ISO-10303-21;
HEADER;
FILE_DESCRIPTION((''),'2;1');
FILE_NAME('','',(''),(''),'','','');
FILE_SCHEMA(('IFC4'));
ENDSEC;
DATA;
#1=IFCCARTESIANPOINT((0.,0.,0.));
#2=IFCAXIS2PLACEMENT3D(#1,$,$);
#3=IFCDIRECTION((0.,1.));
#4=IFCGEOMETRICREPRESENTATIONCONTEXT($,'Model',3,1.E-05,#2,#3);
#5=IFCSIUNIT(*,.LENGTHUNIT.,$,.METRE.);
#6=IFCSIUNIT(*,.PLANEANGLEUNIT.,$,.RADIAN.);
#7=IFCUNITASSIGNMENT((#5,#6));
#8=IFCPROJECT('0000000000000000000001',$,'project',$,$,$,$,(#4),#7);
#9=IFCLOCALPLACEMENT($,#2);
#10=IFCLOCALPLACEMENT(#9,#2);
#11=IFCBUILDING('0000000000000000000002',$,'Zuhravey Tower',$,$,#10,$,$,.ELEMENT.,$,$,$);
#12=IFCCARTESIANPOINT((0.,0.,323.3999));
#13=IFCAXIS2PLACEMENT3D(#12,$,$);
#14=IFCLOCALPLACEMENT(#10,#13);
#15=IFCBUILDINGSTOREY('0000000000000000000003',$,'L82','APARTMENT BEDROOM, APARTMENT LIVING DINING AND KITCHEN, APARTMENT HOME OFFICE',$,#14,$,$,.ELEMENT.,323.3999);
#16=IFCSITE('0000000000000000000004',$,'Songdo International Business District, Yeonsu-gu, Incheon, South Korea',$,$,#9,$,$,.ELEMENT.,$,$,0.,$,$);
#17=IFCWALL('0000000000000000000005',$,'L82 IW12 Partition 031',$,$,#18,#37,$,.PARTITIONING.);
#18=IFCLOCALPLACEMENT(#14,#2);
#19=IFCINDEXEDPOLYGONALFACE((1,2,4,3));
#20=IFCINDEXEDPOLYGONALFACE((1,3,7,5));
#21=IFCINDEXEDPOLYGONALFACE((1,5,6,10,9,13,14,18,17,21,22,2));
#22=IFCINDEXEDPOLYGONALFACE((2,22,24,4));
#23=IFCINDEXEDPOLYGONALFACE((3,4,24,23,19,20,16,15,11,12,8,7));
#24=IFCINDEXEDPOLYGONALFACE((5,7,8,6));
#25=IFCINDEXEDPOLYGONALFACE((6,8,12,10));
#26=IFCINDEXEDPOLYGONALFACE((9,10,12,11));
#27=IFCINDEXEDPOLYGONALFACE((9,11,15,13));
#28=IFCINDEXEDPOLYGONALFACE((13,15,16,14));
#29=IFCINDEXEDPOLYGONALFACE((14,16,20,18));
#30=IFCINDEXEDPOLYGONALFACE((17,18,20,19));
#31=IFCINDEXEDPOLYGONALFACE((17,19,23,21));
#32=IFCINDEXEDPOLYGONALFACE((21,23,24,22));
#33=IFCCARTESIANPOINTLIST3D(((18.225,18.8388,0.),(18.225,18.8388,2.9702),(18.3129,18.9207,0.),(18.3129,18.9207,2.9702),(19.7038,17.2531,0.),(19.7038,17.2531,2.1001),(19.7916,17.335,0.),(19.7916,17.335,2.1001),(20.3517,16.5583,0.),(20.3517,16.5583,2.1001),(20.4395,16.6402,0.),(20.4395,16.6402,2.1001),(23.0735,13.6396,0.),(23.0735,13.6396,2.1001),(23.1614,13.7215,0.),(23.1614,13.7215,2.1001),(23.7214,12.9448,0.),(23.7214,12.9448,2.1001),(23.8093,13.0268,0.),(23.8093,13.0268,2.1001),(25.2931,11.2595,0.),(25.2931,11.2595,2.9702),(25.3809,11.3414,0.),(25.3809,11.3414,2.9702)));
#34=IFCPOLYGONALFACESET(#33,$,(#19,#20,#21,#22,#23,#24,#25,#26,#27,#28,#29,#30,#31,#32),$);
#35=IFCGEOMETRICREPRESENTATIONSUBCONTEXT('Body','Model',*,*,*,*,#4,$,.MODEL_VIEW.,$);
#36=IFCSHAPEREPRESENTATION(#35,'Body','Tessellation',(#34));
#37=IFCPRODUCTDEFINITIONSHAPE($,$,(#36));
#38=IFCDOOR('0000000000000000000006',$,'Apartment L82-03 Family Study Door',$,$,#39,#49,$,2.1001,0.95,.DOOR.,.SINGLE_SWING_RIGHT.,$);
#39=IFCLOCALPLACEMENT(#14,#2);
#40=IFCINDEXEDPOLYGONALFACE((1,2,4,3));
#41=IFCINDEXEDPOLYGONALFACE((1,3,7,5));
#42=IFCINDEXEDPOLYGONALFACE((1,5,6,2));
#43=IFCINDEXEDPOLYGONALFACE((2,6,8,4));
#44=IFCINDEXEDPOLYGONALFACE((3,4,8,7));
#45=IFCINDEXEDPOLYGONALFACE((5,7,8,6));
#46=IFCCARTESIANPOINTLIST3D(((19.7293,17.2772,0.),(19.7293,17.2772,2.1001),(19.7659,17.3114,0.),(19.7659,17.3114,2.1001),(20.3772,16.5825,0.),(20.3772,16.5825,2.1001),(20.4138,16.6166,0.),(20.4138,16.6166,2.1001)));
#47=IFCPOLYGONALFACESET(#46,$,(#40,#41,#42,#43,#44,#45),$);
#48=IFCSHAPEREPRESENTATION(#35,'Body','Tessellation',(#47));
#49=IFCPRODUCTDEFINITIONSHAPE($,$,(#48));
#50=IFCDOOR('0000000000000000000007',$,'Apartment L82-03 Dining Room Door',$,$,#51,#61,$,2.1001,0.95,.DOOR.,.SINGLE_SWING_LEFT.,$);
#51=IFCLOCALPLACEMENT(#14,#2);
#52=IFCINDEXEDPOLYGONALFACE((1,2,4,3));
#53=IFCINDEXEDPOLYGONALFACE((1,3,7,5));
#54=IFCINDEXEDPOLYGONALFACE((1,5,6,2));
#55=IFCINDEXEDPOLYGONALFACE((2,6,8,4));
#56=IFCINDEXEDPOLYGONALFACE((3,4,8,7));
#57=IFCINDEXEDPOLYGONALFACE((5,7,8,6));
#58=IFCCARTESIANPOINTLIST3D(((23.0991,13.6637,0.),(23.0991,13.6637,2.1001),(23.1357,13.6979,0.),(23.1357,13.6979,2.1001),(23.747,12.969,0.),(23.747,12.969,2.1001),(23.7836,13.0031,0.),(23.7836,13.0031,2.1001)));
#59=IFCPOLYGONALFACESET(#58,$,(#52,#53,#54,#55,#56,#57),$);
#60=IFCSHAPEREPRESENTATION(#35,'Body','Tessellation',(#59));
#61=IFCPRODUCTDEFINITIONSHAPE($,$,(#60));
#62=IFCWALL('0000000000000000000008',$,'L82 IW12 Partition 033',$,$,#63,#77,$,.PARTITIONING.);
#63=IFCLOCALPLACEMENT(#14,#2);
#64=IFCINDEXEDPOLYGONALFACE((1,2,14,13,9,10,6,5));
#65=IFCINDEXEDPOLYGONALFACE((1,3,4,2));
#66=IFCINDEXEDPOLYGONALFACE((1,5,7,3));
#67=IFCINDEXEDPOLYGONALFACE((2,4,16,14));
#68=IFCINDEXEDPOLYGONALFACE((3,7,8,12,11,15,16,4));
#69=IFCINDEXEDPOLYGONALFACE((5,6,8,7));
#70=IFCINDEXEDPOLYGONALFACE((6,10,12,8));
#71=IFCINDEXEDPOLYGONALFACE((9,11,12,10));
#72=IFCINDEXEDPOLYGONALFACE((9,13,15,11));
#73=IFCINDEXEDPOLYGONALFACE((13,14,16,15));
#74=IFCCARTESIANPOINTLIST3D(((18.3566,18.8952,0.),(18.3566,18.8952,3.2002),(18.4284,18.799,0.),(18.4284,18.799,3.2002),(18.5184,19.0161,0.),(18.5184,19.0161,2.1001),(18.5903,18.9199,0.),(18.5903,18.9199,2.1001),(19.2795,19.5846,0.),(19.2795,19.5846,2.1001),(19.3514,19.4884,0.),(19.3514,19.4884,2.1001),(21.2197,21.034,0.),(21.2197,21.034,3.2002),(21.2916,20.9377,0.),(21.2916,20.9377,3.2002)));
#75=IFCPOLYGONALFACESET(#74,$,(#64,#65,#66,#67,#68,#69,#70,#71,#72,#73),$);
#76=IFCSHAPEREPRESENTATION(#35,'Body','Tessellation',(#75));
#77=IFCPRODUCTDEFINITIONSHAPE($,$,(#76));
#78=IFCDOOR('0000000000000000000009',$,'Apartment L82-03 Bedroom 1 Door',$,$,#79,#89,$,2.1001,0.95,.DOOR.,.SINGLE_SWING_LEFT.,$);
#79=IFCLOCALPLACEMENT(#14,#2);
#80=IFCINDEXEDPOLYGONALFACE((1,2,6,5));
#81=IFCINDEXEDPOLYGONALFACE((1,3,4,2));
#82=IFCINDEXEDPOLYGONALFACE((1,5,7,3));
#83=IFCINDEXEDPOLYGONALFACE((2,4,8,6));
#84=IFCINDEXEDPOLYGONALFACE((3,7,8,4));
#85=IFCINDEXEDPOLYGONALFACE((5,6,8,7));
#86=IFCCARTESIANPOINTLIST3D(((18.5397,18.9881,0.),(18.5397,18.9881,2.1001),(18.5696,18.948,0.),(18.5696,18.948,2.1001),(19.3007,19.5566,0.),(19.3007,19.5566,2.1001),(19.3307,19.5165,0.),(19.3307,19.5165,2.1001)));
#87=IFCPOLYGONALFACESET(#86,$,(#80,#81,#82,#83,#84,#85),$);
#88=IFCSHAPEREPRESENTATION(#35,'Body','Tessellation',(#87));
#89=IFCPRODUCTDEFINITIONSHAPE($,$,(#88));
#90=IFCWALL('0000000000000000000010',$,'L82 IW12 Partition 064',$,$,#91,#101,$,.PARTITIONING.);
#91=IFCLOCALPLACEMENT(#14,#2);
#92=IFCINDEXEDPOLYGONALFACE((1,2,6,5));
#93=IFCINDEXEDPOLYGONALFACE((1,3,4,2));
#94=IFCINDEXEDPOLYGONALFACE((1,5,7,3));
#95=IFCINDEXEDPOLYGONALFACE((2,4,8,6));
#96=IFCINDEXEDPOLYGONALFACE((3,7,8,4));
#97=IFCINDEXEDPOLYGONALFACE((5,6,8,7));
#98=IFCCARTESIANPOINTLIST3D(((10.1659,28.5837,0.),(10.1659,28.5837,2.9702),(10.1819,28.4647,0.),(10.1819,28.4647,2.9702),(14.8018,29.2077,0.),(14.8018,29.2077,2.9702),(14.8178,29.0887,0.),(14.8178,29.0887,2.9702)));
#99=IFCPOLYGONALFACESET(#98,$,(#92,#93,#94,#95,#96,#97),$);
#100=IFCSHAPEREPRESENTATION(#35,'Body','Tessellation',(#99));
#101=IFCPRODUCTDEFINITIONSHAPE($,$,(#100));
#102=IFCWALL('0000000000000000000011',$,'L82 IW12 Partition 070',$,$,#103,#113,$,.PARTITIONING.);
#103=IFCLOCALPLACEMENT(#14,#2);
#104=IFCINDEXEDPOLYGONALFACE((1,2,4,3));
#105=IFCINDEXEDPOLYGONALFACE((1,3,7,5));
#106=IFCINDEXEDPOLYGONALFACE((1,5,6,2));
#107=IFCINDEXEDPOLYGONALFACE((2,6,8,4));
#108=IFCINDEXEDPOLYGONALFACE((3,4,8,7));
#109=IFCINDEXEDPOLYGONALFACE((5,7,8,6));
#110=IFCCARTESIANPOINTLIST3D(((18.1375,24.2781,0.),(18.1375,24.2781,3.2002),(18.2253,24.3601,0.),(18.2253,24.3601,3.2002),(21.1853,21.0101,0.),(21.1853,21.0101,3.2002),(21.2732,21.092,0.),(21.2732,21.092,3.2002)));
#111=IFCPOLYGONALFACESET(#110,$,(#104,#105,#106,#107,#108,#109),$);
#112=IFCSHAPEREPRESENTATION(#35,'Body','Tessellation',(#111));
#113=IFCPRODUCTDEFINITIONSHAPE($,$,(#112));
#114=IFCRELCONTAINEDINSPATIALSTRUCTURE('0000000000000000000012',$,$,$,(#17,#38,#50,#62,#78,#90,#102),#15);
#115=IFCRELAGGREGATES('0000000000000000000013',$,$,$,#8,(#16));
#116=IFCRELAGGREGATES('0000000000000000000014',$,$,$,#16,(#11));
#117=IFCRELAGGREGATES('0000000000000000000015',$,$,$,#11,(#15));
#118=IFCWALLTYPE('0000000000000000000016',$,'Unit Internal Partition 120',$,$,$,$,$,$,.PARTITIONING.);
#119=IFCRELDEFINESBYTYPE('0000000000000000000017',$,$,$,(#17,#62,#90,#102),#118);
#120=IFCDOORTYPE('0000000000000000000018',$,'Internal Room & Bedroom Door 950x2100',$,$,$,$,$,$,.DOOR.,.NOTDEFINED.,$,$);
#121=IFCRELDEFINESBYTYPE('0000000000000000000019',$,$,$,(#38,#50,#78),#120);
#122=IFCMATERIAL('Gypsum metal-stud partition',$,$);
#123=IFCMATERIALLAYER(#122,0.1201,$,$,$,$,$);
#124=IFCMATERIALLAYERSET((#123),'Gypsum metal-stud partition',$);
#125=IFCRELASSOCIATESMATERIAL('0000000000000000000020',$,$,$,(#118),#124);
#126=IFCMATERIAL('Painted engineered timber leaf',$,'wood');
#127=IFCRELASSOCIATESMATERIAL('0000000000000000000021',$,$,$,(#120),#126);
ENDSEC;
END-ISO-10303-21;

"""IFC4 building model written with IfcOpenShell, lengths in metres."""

from ifc_helpers import new_model, si_unit, direction, frame, frame_2d, origin, place, context, subcontext, project, spatial, rectangle, extrude, material, layer, layer_set, type_object, element, fill, save


model = new_model("IFC4")

# Units and contexts
model_context = context("Model", 3, precision=1e-05, world=origin(), true_north=direction((0.0, 1.0)))
body_context = subcontext(model_context, "Body", "Model", "MODEL_VIEW")
ifc_project = project(units=[si_unit("LENGTHUNIT", "METRE"), si_unit("PLANEANGLEUNIT", "RADIAN")], contexts=[model_context])

# Site, building, storey
site_placement = place(None, origin())
site = spatial("IfcSite", under=ifc_project, at=site_placement, Name="Songdo International Business District, Yeonsu-gu, Incheon, South Korea", CompositionType="ELEMENT", RefElevation=0.0)
building_placement = place(site_placement, origin())
building = spatial("IfcBuilding", under=site, at=building_placement, Name="Zuhravey Tower", CompositionType="ELEMENT")
storey_placement = place(building_placement, frame((0.0, 0.0, 323.3999)))
storey = spatial("IfcBuildingStorey", under=building, at=storey_placement, Name="L82", Description="APARTMENT BEDROOM, APARTMENT LIVING DINING AND KITCHEN, APARTMENT HOME OFFICE", CompositionType="ELEMENT", Elevation=323.3999)

# Wall, openings, doors
ifc_material_1 = material(Name="Gypsum metal-stud partition")
ifc_layer_1 = layer(ifc_material_1, 0.1201)
ifc_layer_set_1 = layer_set([ifc_layer_1], Name="Gypsum metal-stud partition")
wall_type_1 = type_object("IfcWallType", Name="Unit Internal Partition 120", PredefinedType="PARTITIONING", material=ifc_layer_set_1)
wall_1_placement = place(storey_placement, frame((18.269, 18.8796, 0.0), z_axis=(0.0, 0.0, 1.0), x_axis=(0.682012, -0.731341, 0.0)))
wall_1 = element("IfcWall", 1, at=wall_1_placement, inside=storey, type_object=wall_type_1, Name="L82 IW12 Partition 031", PredefinedType="PARTITIONING", context=body_context, shape_type="SweptSolid", body=[
    extrude(rectangle(XDim=10.3635, YDim=0.1201, at=frame_2d((5.1816, 0.0))), origin(), (0.0, 0.0, 1.0), 2.9702),
])
opening_1_placement = place(wall_1_placement, frame((2.168, 0.0, 0.0)))
opening_1 = element("IfcOpeningElement", 2, at=opening_1_placement, cuts=wall_1, PredefinedType="OPENING", context=body_context, shape_type="SweptSolid", body=[
    extrude(rectangle(XDim=0.95, YDim=2.1001, at=frame_2d((0.4751, 1.05))), frame((0.0, 0.072, 0.0), z_axis=(0.0, -1.0, 0.0), x_axis=(1.0, 0.0, 0.0)), (0.0, 0.0, 1.0), 0.144),
])
opening_2_placement = place(wall_1_placement, frame((7.1089, 0.0, 0.0)))
opening_2 = element("IfcOpeningElement", 3, at=opening_2_placement, cuts=wall_1, PredefinedType="OPENING", context=body_context, shape_type="SweptSolid", body=[
    extrude(rectangle(XDim=0.95, YDim=2.1001, at=frame_2d((0.4751, 1.05))), frame((0.0, 0.072, 0.0), z_axis=(0.0, -1.0, 0.0), x_axis=(1.0, 0.0, 0.0)), (0.0, 0.0, 1.0), 0.144),
])
ifc_material_2 = material(Name="Painted engineered timber leaf", Category="wood")
door_type = type_object("IfcDoorType", Name="Internal Room & Bedroom Door 950x2100", OperationType="NOTDEFINED", PredefinedType="DOOR", material=ifc_material_2)
door_1_placement = place(opening_1_placement, frame((0.95, 0.0, 0.0), z_axis=(0.0, 0.0, 1.0), x_axis=(-1.0, 0.0, 0.0)))
door_1 = element("IfcDoor", 4, at=door_1_placement, inside=storey, type_object=door_type, Name="Apartment L82-03 Family Study Door", OperationType="SINGLE_SWING_RIGHT", OverallHeight=2.1001, OverallWidth=0.95, PredefinedType="DOOR", context=body_context, shape_type="SweptSolid", body=[
    extrude(rectangle(XDim=0.95, YDim=2.1001, at=frame_2d((0.4751, 1.05))), frame((0.0, 0.0249, 0.0), z_axis=(0.0, -1.0, 0.0), x_axis=(1.0, 0.0, 0.0)), (0.0, 0.0, 1.0), 0.05),
])
fill(opening_1, door_1)
door_2_placement = place(opening_2_placement, frame((0.95, 0.0, 0.0), z_axis=(0.0, 0.0, 1.0), x_axis=(-1.0, 0.0, 0.0)))
door_2 = element("IfcDoor", 5, at=door_2_placement, inside=storey, type_object=door_type, Name="Apartment L82-03 Dining Room Door", OperationType="SINGLE_SWING_LEFT", OverallHeight=2.1001, OverallWidth=0.95, PredefinedType="DOOR", context=body_context, shape_type="SweptSolid", body=[
    extrude(rectangle(XDim=0.95, YDim=2.1001, at=frame_2d((0.4751, 1.05))), frame((0.0, 0.0249, 0.0), z_axis=(0.0, -1.0, 0.0), x_axis=(1.0, 0.0, 0.0)), (0.0, 0.0, 1.0), 0.05),
])
fill(opening_2, door_2)

# Wall, opening, door
wall_2_placement = place(storey_placement, frame((21.2556, 20.9858, 0.0), z_axis=(0.0, 0.0, 1.0), x_axis=(-0.801154, -0.598458, 0.0)))
wall_2 = element("IfcWall", 6, at=wall_2_placement, inside=storey, type_object=wall_type_1, Name="L82 IW12 Partition 033", PredefinedType="PARTITIONING", context=body_context, shape_type="SweptSolid", body=[
    extrude(rectangle(XDim=3.5737, YDim=0.1201, at=frame_2d((1.7869, 0.0))), origin(), (0.0, 0.0, 1.0), 3.2002),
])
opening_3_placement = place(wall_2_placement, frame((2.4216, 0.0, 0.0)))
opening_3 = element("IfcOpeningElement", 7, at=opening_3_placement, cuts=wall_2, PredefinedType="OPENING", context=body_context, shape_type="SweptSolid", body=[
    extrude(rectangle(XDim=0.95, YDim=2.1001, at=frame_2d((0.4751, 1.05))), frame((0.0, 0.072, 0.0), z_axis=(0.0, -1.0, 0.0), x_axis=(1.0, 0.0, 0.0)), (0.0, 0.0, 1.0), 0.144),
])
door_3_placement = place(opening_3_placement, frame((0.95, 0.0, 0.0), z_axis=(0.0, 0.0, 1.0), x_axis=(-1.0, 0.0, 0.0)))
door_3 = element("IfcDoor", 8, at=door_3_placement, inside=storey, type_object=door_type, Name="Apartment L82-03 Bedroom 1 Door", OperationType="SINGLE_SWING_LEFT", OverallHeight=2.1001, OverallWidth=0.95, PredefinedType="DOOR", context=body_context, shape_type="SweptSolid", body=[
    extrude(rectangle(XDim=0.95, YDim=2.1001, at=frame_2d((0.4751, 1.05))), frame((0.0, 0.0249, 0.0), z_axis=(0.0, -1.0, 0.0), x_axis=(1.0, 0.0, 0.0)), (0.0, 0.0, 1.0), 0.05),
])
fill(opening_3, door_3)

# Walls
wall_3_placement = place(storey_placement, frame((14.8098, 29.1482, 0.0), z_axis=(0.0, 0.0, 1.0), x_axis=(-0.991062, -0.133401, 0.0)))
element("IfcWall", 9, at=wall_3_placement, inside=storey, type_object=wall_type_1, Name="L82 IW12 Partition 064", PredefinedType="PARTITIONING", context=body_context, shape_type="SweptSolid", body=[
    extrude(rectangle(XDim=4.6777, YDim=0.1201, at=frame_2d((2.3389, 0.0))), origin(), (0.0, 0.0, 1.0), 2.9702),
])
wall_4_placement = place(storey_placement, frame((18.1814, 24.3191, 0.0), z_axis=(0.0, 0.0, 1.0), x_axis=(0.682038, -0.731317, 0.0)))
element("IfcWall", 10, at=wall_4_placement, inside=storey, type_object=wall_type_1, Name="L82 IW12 Partition 070", PredefinedType="PARTITIONING", context=body_context, shape_type="SweptSolid", body=[
    extrude(rectangle(XDim=4.4688, YDim=0.1201, at=frame_2d((2.2344, 0.0))), origin(), (0.0, 0.0, 1.0), 3.2002),
])

save(model, "model.ifc")
